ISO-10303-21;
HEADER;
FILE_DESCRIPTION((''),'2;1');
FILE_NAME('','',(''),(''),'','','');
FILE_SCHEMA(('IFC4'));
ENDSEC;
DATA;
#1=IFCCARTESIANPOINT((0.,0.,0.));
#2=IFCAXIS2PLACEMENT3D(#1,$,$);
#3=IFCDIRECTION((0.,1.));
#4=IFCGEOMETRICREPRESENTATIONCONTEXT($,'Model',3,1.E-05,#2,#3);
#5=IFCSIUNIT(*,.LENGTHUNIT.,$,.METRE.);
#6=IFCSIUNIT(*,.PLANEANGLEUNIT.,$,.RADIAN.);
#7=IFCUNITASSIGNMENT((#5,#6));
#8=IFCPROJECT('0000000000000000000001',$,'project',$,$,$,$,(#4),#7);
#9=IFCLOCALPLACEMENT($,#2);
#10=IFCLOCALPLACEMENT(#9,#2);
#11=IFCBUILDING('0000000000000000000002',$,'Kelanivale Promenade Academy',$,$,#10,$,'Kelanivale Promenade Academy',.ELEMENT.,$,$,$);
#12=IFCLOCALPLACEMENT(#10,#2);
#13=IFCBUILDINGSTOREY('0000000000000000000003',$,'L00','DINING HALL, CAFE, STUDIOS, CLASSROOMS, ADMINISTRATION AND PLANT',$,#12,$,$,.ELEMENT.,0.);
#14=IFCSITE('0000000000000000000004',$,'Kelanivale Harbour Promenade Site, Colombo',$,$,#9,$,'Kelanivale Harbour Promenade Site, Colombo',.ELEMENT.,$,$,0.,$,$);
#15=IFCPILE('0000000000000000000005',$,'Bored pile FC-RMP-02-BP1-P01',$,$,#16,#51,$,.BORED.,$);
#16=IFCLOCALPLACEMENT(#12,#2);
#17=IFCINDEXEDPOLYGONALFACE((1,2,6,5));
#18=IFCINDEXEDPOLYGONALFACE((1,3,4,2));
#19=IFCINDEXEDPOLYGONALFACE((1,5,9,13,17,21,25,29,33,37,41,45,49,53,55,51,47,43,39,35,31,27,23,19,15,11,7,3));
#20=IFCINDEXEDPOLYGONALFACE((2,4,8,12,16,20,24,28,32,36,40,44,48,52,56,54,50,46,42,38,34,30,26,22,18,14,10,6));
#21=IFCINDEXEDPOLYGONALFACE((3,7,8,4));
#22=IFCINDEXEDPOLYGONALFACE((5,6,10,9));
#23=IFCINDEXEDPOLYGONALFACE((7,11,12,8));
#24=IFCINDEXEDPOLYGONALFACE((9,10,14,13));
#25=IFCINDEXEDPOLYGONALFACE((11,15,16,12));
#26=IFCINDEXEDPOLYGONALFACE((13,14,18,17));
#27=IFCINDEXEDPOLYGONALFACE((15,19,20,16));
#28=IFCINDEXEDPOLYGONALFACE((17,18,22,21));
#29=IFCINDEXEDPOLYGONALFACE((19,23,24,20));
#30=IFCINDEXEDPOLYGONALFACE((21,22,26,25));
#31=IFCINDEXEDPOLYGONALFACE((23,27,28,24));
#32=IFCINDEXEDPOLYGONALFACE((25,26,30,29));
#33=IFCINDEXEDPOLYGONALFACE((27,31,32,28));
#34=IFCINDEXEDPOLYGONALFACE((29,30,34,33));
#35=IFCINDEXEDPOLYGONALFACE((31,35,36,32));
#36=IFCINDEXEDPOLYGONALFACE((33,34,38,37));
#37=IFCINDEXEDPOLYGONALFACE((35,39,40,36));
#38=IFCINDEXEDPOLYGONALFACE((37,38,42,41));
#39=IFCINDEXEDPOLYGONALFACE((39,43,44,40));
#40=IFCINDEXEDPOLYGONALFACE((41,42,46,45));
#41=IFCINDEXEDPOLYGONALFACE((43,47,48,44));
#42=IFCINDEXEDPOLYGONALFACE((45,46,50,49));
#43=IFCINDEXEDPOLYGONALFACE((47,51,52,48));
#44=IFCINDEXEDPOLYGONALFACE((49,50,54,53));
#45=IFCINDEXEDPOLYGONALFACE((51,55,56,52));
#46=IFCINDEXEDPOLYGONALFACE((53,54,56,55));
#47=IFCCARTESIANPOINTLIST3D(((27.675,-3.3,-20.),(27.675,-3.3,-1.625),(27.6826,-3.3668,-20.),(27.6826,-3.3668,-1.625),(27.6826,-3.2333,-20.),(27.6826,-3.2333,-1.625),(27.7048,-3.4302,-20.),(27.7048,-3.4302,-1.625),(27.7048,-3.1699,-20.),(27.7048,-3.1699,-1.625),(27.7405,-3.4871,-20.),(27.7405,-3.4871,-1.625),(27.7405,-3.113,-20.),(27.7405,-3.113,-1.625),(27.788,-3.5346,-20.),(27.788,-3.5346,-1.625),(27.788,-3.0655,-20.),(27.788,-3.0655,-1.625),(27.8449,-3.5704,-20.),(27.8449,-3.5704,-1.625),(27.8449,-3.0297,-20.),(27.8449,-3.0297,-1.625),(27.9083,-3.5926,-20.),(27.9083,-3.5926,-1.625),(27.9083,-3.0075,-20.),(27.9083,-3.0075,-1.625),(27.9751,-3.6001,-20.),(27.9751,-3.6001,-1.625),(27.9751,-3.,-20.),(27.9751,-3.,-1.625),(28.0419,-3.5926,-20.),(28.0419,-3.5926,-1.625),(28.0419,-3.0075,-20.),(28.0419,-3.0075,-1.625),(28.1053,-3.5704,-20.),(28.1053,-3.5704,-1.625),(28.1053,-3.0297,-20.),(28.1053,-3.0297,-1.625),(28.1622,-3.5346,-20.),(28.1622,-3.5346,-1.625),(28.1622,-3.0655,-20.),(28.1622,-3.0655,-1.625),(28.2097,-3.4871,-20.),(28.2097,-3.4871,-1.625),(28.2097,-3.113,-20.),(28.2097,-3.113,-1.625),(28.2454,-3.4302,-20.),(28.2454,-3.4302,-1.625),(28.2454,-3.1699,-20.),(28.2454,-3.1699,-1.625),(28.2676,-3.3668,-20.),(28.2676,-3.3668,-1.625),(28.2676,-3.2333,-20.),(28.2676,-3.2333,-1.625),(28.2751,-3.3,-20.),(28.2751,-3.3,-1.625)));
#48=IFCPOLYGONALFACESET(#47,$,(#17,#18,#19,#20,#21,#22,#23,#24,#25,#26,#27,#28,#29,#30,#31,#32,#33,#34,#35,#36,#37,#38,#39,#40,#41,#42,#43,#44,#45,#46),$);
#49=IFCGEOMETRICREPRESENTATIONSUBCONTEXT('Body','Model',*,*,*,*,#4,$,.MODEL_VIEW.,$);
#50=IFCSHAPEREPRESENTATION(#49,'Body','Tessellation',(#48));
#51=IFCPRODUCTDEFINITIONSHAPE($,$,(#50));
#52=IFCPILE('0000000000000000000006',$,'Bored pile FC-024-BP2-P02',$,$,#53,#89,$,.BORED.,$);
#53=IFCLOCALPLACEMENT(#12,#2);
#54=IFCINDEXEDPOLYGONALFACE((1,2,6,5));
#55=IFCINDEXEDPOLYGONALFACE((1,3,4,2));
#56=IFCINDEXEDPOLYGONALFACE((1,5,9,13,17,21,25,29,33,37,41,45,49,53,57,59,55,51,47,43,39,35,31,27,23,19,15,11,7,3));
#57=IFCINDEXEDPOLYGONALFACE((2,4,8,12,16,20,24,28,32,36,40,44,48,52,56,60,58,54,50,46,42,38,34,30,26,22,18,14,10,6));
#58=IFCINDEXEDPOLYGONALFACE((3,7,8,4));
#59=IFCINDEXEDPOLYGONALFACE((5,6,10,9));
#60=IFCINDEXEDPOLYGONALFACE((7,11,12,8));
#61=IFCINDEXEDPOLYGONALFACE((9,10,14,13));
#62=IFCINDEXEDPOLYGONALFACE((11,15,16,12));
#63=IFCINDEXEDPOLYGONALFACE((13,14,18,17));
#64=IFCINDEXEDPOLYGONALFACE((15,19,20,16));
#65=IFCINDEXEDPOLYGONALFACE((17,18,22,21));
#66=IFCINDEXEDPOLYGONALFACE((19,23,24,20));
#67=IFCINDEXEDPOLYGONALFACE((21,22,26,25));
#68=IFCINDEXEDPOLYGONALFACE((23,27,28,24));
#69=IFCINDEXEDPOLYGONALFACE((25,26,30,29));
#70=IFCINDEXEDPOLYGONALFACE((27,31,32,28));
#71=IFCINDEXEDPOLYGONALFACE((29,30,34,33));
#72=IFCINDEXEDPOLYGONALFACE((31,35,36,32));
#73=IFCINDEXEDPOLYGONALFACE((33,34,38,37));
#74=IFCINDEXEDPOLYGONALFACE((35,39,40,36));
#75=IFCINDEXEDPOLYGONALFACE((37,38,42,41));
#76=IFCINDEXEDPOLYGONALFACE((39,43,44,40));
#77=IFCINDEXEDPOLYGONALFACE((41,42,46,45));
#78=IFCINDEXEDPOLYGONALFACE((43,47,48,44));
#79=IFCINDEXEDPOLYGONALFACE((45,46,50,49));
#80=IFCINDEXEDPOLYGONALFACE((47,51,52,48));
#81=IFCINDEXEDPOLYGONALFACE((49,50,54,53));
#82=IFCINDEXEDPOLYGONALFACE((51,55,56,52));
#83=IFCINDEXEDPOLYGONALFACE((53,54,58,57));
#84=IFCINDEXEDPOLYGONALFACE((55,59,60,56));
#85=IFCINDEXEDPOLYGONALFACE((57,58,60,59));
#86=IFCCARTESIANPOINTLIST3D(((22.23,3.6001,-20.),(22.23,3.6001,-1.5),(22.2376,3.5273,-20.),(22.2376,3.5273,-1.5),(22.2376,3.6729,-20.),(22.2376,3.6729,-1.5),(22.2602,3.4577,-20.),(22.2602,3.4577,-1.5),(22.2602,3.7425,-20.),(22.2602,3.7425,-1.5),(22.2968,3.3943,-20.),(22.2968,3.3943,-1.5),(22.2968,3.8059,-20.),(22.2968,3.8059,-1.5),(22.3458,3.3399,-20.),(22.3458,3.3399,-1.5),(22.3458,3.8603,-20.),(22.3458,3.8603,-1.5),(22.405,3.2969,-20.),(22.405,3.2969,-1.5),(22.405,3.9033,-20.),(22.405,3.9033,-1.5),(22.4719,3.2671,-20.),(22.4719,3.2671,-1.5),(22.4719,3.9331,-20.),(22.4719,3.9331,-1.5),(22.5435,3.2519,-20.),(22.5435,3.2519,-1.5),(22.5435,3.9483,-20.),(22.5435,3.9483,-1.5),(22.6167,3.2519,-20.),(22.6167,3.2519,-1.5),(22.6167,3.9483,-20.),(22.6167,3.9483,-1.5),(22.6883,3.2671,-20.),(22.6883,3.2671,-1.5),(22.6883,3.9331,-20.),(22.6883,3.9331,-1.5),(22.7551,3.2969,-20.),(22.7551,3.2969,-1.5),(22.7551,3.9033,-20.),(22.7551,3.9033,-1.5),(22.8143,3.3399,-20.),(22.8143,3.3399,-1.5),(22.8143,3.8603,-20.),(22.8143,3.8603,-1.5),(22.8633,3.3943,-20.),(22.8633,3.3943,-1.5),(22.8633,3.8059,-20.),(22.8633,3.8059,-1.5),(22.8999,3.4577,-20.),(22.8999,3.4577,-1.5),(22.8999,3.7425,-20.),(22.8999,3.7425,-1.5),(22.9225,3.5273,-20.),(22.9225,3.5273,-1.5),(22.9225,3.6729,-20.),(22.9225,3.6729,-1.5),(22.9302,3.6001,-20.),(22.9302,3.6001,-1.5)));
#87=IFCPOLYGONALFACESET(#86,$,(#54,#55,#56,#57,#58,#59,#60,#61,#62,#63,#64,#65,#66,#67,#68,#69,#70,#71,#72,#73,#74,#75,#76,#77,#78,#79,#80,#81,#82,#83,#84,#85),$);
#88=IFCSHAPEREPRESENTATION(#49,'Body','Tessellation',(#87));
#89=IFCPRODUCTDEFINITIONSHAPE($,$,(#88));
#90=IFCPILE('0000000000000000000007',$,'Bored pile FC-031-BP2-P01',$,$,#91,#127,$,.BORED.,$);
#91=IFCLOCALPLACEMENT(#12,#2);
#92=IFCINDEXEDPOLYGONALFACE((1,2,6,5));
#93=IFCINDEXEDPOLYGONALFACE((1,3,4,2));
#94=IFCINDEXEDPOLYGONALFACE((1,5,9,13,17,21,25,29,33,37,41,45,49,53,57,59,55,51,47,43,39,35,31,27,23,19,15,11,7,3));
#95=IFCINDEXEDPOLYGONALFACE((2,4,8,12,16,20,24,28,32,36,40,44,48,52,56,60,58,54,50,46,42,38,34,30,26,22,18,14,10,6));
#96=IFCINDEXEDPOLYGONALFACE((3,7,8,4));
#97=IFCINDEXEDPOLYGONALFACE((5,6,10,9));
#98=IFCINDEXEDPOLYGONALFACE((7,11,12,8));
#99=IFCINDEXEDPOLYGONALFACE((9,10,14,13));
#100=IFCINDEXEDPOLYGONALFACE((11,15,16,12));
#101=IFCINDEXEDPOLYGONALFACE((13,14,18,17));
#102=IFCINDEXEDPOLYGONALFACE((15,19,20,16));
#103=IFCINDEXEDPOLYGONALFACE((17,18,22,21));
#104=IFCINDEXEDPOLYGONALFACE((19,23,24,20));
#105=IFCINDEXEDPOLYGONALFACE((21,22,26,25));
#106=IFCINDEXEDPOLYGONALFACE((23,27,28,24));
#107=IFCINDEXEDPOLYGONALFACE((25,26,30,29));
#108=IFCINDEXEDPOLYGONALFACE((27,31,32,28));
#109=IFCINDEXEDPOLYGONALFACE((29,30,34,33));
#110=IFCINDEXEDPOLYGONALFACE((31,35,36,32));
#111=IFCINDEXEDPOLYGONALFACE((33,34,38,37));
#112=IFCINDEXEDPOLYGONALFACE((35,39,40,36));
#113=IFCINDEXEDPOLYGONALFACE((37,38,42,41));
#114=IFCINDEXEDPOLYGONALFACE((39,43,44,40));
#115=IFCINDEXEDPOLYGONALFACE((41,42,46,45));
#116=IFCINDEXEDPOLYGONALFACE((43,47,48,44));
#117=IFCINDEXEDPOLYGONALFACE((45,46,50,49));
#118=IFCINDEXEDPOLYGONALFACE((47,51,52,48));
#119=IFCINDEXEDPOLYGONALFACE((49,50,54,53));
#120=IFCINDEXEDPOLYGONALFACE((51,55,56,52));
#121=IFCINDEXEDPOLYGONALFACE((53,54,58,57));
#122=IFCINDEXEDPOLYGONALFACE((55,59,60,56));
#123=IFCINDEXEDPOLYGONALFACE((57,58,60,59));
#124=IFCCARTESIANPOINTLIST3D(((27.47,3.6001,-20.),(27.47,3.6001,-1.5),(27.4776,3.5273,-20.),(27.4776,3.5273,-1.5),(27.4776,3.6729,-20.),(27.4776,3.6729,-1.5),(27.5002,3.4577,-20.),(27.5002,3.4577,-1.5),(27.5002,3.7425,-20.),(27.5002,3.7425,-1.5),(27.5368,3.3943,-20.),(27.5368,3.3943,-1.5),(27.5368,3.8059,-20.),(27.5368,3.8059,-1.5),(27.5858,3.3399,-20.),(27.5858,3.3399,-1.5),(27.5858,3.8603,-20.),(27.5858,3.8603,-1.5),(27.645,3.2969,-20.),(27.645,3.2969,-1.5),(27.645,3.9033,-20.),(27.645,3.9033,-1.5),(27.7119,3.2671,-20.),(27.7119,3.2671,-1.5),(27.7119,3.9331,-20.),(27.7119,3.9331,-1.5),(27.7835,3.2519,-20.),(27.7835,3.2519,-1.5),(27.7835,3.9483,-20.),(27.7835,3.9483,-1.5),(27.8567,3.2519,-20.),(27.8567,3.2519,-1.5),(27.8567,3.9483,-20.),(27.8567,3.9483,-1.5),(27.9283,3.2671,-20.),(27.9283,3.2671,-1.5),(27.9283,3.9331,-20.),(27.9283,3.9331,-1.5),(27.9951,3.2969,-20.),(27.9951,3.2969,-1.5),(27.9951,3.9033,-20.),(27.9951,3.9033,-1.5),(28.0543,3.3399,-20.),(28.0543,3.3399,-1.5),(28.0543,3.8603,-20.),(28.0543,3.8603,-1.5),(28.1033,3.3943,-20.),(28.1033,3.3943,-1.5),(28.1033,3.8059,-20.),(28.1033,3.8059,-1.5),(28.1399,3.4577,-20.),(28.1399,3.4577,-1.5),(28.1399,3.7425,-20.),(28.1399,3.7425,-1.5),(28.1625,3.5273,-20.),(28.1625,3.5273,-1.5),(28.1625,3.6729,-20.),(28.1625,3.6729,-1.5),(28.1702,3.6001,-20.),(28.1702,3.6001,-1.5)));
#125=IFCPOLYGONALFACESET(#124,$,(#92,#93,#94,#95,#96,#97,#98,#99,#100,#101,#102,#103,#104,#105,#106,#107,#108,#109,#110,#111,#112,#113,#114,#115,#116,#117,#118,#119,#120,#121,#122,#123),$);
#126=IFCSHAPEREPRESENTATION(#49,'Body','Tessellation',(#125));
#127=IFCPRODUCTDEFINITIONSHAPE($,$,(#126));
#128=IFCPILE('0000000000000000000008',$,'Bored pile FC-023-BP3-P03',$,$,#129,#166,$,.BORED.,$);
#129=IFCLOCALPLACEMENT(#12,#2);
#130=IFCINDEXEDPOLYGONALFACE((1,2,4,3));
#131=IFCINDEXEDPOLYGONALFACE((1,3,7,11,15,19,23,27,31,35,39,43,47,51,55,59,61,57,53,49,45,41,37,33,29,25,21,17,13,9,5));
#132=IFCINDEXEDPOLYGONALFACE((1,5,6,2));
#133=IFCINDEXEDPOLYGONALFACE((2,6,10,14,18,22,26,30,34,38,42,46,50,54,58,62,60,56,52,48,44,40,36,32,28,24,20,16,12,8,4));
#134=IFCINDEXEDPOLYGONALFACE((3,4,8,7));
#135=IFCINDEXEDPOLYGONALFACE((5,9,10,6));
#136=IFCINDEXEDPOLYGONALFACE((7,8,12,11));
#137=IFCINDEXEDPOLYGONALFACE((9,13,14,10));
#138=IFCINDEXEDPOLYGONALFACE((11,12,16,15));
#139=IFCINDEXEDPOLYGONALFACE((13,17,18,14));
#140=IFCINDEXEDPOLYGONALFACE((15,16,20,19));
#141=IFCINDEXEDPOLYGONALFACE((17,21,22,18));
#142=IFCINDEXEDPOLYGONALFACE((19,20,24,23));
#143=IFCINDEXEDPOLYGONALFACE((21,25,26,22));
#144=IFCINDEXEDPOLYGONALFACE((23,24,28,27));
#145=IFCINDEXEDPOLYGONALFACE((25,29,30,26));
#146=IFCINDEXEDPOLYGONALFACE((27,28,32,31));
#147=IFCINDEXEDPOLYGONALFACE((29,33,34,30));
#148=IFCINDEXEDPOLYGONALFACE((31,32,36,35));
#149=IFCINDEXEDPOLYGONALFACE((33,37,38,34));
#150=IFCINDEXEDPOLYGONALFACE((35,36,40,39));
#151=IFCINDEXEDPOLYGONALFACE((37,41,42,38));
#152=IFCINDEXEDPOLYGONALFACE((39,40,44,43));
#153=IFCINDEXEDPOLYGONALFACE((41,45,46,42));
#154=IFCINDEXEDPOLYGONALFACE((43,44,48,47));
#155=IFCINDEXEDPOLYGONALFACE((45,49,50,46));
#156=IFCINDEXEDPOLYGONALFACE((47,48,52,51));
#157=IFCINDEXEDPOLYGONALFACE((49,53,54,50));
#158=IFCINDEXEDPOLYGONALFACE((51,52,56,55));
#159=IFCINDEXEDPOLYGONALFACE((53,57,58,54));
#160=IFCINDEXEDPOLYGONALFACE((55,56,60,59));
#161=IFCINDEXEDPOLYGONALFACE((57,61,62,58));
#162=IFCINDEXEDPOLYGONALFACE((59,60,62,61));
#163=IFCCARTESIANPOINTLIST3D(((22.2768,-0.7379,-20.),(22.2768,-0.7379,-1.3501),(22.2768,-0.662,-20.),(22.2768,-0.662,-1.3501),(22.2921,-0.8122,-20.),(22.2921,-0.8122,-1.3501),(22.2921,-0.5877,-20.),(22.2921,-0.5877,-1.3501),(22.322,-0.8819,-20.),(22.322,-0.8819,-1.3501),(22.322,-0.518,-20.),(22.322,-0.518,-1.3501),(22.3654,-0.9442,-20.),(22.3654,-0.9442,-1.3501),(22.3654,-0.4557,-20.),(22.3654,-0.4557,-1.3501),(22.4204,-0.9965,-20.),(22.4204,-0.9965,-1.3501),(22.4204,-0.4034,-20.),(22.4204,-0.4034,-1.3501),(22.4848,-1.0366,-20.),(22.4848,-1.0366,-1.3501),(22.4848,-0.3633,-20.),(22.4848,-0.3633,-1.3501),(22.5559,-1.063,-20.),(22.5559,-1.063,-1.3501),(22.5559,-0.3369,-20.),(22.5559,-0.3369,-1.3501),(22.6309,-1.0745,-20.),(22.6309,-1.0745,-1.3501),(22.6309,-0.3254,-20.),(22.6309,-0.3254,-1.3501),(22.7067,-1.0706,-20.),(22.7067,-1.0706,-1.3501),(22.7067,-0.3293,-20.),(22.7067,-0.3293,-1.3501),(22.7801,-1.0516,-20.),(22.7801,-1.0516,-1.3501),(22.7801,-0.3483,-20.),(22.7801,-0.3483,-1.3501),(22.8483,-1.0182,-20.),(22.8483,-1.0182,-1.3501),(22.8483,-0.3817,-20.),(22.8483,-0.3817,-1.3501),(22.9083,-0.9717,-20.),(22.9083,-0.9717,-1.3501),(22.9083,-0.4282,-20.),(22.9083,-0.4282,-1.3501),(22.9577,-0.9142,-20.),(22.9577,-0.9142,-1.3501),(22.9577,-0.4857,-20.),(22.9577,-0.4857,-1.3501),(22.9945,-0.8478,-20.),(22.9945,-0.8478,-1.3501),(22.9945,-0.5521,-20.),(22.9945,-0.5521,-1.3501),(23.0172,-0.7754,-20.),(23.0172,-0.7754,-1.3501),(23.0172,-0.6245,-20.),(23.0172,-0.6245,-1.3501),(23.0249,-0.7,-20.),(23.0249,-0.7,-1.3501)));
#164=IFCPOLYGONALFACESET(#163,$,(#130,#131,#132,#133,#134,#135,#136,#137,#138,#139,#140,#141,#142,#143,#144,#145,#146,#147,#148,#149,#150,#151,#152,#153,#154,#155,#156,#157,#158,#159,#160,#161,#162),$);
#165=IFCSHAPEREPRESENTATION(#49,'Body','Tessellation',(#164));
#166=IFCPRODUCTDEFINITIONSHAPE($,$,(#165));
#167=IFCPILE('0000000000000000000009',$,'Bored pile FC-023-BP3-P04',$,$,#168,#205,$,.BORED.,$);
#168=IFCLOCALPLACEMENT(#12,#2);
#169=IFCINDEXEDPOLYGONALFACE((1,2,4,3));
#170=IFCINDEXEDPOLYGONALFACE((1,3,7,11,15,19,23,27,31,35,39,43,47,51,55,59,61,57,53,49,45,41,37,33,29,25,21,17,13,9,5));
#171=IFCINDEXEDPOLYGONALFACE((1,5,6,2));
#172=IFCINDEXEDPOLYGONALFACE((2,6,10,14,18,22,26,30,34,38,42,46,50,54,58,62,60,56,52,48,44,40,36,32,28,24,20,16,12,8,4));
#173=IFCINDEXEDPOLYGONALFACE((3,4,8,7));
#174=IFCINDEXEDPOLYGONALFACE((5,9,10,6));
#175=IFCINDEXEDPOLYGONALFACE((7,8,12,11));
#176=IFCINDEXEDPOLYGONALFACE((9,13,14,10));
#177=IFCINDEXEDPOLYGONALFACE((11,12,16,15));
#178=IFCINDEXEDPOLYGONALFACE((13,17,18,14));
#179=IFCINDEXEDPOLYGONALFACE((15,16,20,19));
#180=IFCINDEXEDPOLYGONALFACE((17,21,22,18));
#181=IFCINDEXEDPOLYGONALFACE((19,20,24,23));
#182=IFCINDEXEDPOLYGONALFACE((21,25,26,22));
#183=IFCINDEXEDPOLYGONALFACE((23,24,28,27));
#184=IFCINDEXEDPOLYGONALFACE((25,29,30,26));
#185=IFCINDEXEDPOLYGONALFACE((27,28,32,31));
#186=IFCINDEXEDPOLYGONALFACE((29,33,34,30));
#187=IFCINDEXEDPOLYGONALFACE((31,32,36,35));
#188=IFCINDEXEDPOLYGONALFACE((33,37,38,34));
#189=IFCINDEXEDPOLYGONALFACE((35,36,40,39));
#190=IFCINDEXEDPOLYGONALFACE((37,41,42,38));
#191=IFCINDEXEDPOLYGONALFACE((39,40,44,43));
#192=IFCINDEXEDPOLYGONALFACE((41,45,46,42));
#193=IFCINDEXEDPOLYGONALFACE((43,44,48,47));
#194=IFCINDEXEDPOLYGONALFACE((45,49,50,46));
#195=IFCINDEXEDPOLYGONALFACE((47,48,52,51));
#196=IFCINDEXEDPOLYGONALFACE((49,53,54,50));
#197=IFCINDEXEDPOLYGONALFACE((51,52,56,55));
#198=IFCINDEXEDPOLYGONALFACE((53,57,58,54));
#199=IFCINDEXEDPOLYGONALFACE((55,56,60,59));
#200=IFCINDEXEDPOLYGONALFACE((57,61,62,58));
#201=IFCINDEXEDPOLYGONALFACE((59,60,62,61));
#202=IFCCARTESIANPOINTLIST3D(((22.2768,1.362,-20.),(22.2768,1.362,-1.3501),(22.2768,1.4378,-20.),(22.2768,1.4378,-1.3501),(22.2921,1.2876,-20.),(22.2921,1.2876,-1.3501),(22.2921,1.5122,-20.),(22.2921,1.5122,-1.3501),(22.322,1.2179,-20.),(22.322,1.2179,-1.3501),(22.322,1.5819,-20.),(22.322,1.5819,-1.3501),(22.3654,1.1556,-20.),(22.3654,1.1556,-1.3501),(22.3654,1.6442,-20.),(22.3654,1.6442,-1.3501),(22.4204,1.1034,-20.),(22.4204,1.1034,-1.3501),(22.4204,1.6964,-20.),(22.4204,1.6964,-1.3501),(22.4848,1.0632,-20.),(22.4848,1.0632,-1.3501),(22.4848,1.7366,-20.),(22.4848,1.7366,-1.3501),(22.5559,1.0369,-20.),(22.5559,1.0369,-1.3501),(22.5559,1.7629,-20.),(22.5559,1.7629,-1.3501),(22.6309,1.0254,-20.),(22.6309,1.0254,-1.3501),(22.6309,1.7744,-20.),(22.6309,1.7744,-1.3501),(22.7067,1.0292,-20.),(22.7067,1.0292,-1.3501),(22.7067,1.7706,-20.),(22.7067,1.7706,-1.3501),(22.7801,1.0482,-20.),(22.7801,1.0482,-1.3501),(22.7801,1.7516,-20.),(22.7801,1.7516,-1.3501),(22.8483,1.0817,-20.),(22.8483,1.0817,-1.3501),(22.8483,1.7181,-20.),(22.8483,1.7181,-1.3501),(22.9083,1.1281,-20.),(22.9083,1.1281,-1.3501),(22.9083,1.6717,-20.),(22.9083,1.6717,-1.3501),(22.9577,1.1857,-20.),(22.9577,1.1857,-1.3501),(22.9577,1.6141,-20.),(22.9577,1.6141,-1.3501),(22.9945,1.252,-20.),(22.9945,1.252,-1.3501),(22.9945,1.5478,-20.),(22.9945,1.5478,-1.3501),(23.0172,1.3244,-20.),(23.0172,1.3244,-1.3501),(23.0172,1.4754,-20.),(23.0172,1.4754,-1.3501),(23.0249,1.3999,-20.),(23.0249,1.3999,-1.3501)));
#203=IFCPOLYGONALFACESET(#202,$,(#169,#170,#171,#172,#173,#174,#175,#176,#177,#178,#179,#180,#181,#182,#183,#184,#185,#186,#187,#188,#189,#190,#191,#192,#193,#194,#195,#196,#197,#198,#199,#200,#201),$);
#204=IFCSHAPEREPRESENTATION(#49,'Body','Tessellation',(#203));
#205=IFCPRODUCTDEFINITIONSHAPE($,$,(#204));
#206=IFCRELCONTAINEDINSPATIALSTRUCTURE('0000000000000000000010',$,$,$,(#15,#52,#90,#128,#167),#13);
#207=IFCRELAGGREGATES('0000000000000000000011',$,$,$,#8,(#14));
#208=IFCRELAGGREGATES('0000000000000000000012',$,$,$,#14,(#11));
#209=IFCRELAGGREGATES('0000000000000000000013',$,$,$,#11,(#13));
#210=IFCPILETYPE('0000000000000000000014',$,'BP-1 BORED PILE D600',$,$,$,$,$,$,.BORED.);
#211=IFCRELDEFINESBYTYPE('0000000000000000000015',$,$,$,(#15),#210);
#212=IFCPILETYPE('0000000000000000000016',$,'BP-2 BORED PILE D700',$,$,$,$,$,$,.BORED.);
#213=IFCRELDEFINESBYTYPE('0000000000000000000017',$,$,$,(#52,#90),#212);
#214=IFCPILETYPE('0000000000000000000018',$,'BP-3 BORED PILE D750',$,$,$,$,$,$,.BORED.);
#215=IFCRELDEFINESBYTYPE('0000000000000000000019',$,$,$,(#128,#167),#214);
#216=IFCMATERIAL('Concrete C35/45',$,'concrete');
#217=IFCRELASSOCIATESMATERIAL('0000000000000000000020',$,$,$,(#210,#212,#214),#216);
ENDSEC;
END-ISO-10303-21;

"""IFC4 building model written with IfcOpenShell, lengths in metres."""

from ifc_helpers import new_model, si_unit, direction, frame, origin, origin_2d, place, context, subcontext, project, spatial, circle, extrude, material, material_profile, profile_set, type_object, element, save


model = new_model("IFC4")

# Units and contexts
model_context = context("Model", 3, precision=1e-05, world=origin(), true_north=direction((0.0, 1.0)))
body_context = subcontext(model_context, "Body", "Model", "MODEL_VIEW")
ifc_project = project(units=[si_unit("LENGTHUNIT", "METRE"), si_unit("PLANEANGLEUNIT", "RADIAN")], contexts=[model_context])

# Site, building, storey
site_placement = place(None, origin())
site = spatial("IfcSite", under=ifc_project, at=site_placement, Name="Kelanivale Harbour Promenade Site, Colombo", LongName="Kelanivale Harbour Promenade Site, Colombo", CompositionType="ELEMENT", RefElevation=0.0)
building_placement = place(site_placement, origin())
building = spatial("IfcBuilding", under=site, at=building_placement, Name="Kelanivale Promenade Academy", LongName="Kelanivale Promenade Academy", CompositionType="ELEMENT")
storey_placement = place(building_placement, origin())
storey = spatial("IfcBuildingStorey", under=building, at=storey_placement, Name="L00", Description="DINING HALL, CAFE, STUDIOS, CLASSROOMS, ADMINISTRATION AND PLANT", CompositionType="ELEMENT", Elevation=0.0)

# Piles
ifc_material_1 = material(Name="Concrete C35/45", Category="concrete")
ifc_material_profile_1 = material_profile(ifc_material_1, circle(Radius=0.3, at=origin_2d()), Name="BORED PILE D600")
ifc_profile_set_1 = profile_set([ifc_material_profile_1], Name="Concrete C35/45")
pile_type_1 = type_object("IfcPileType", Name="BP-1 BORED PILE D600", PredefinedType="BORED", material=ifc_profile_set_1)
pile_placement = place(storey_placement, frame((27.9751, -3.3, -1.625), z_axis=(0.0, 0.0, -1.0), x_axis=(1.0, 0.0, 0.0)))
element("IfcPile", 1, at=pile_placement, inside=storey, type_object=pile_type_1, Name="Bored pile FC-RMP-02-BP1-P01", PredefinedType="BORED", context=body_context, shape_type="SweptSolid", body=[
    extrude(circle(Radius=0.3, at=origin_2d()), origin(), (0.0, 0.0, 1.0), 18.375),
])
ifc_material_profile_2 = material_profile(ifc_material_1, circle(Radius=0.3501, at=origin_2d()), Name="BORED PILE D700")
ifc_profile_set_2 = profile_set([ifc_material_profile_2], Name="Concrete C35/45")
pile_type_2 = type_object("IfcPileType", Name="BP-2 BORED PILE D700", PredefinedType="BORED", material=ifc_profile_set_2)
for number, where, z_axis, x_axis, name in (
    (2, (22.5801, 3.6001, -1.5), (0.0, 0.0, -1.0), (1.0, 0.0, 0.0), "Bored pile FC-024-BP2-P02"),
    (3, (27.8201, 3.6001, -1.5), (0.0, 0.0, -1.0), (1.0, 0.0, 0.0), "Bored pile FC-031-BP2-P01"),
):
    element("IfcPile", number, at=place(storey_placement, frame(where, z_axis=z_axis, x_axis=x_axis)), inside=storey, type_object=pile_type_2, Name=name, PredefinedType="BORED", context=body_context, shape_type="SweptSolid", body=[
        extrude(circle(Radius=0.3501, at=origin_2d()), origin(), (0.0, 0.0, 1.0), 18.5),
    ])
ifc_material_profile_3 = material_profile(ifc_material_1, circle(Radius=0.375, at=origin_2d()), Name="BORED PILE D750")
ifc_profile_set_3 = profile_set([ifc_material_profile_3], Name="Concrete C35/45")
pile_type_3 = type_object("IfcPileType", Name="BP-3 BORED PILE D750", PredefinedType="BORED", material=ifc_profile_set_3)
for number, where, z_axis, x_axis, name in (
    (4, (22.6499, -0.7, -1.3501), (0.0, 0.0, -1.0), (1.0, 0.0, 0.0), "Bored pile FC-023-BP3-P03"),
    (5, (22.6499, 1.3999, -1.3501), (0.0, 0.0, -1.0), (1.0, 0.0, 0.0), "Bored pile FC-023-BP3-P04"),
):
    element("IfcPile", number, at=place(storey_placement, frame(where, z_axis=z_axis, x_axis=x_axis)), inside=storey, type_object=pile_type_3, Name=name, PredefinedType="BORED", context=body_context, shape_type="SweptSolid", body=[
        extrude(circle(Radius=0.375, at=origin_2d()), origin(), (0.0, 0.0, 1.0), 18.6499),
    ])

save(model, "model.ifc")
